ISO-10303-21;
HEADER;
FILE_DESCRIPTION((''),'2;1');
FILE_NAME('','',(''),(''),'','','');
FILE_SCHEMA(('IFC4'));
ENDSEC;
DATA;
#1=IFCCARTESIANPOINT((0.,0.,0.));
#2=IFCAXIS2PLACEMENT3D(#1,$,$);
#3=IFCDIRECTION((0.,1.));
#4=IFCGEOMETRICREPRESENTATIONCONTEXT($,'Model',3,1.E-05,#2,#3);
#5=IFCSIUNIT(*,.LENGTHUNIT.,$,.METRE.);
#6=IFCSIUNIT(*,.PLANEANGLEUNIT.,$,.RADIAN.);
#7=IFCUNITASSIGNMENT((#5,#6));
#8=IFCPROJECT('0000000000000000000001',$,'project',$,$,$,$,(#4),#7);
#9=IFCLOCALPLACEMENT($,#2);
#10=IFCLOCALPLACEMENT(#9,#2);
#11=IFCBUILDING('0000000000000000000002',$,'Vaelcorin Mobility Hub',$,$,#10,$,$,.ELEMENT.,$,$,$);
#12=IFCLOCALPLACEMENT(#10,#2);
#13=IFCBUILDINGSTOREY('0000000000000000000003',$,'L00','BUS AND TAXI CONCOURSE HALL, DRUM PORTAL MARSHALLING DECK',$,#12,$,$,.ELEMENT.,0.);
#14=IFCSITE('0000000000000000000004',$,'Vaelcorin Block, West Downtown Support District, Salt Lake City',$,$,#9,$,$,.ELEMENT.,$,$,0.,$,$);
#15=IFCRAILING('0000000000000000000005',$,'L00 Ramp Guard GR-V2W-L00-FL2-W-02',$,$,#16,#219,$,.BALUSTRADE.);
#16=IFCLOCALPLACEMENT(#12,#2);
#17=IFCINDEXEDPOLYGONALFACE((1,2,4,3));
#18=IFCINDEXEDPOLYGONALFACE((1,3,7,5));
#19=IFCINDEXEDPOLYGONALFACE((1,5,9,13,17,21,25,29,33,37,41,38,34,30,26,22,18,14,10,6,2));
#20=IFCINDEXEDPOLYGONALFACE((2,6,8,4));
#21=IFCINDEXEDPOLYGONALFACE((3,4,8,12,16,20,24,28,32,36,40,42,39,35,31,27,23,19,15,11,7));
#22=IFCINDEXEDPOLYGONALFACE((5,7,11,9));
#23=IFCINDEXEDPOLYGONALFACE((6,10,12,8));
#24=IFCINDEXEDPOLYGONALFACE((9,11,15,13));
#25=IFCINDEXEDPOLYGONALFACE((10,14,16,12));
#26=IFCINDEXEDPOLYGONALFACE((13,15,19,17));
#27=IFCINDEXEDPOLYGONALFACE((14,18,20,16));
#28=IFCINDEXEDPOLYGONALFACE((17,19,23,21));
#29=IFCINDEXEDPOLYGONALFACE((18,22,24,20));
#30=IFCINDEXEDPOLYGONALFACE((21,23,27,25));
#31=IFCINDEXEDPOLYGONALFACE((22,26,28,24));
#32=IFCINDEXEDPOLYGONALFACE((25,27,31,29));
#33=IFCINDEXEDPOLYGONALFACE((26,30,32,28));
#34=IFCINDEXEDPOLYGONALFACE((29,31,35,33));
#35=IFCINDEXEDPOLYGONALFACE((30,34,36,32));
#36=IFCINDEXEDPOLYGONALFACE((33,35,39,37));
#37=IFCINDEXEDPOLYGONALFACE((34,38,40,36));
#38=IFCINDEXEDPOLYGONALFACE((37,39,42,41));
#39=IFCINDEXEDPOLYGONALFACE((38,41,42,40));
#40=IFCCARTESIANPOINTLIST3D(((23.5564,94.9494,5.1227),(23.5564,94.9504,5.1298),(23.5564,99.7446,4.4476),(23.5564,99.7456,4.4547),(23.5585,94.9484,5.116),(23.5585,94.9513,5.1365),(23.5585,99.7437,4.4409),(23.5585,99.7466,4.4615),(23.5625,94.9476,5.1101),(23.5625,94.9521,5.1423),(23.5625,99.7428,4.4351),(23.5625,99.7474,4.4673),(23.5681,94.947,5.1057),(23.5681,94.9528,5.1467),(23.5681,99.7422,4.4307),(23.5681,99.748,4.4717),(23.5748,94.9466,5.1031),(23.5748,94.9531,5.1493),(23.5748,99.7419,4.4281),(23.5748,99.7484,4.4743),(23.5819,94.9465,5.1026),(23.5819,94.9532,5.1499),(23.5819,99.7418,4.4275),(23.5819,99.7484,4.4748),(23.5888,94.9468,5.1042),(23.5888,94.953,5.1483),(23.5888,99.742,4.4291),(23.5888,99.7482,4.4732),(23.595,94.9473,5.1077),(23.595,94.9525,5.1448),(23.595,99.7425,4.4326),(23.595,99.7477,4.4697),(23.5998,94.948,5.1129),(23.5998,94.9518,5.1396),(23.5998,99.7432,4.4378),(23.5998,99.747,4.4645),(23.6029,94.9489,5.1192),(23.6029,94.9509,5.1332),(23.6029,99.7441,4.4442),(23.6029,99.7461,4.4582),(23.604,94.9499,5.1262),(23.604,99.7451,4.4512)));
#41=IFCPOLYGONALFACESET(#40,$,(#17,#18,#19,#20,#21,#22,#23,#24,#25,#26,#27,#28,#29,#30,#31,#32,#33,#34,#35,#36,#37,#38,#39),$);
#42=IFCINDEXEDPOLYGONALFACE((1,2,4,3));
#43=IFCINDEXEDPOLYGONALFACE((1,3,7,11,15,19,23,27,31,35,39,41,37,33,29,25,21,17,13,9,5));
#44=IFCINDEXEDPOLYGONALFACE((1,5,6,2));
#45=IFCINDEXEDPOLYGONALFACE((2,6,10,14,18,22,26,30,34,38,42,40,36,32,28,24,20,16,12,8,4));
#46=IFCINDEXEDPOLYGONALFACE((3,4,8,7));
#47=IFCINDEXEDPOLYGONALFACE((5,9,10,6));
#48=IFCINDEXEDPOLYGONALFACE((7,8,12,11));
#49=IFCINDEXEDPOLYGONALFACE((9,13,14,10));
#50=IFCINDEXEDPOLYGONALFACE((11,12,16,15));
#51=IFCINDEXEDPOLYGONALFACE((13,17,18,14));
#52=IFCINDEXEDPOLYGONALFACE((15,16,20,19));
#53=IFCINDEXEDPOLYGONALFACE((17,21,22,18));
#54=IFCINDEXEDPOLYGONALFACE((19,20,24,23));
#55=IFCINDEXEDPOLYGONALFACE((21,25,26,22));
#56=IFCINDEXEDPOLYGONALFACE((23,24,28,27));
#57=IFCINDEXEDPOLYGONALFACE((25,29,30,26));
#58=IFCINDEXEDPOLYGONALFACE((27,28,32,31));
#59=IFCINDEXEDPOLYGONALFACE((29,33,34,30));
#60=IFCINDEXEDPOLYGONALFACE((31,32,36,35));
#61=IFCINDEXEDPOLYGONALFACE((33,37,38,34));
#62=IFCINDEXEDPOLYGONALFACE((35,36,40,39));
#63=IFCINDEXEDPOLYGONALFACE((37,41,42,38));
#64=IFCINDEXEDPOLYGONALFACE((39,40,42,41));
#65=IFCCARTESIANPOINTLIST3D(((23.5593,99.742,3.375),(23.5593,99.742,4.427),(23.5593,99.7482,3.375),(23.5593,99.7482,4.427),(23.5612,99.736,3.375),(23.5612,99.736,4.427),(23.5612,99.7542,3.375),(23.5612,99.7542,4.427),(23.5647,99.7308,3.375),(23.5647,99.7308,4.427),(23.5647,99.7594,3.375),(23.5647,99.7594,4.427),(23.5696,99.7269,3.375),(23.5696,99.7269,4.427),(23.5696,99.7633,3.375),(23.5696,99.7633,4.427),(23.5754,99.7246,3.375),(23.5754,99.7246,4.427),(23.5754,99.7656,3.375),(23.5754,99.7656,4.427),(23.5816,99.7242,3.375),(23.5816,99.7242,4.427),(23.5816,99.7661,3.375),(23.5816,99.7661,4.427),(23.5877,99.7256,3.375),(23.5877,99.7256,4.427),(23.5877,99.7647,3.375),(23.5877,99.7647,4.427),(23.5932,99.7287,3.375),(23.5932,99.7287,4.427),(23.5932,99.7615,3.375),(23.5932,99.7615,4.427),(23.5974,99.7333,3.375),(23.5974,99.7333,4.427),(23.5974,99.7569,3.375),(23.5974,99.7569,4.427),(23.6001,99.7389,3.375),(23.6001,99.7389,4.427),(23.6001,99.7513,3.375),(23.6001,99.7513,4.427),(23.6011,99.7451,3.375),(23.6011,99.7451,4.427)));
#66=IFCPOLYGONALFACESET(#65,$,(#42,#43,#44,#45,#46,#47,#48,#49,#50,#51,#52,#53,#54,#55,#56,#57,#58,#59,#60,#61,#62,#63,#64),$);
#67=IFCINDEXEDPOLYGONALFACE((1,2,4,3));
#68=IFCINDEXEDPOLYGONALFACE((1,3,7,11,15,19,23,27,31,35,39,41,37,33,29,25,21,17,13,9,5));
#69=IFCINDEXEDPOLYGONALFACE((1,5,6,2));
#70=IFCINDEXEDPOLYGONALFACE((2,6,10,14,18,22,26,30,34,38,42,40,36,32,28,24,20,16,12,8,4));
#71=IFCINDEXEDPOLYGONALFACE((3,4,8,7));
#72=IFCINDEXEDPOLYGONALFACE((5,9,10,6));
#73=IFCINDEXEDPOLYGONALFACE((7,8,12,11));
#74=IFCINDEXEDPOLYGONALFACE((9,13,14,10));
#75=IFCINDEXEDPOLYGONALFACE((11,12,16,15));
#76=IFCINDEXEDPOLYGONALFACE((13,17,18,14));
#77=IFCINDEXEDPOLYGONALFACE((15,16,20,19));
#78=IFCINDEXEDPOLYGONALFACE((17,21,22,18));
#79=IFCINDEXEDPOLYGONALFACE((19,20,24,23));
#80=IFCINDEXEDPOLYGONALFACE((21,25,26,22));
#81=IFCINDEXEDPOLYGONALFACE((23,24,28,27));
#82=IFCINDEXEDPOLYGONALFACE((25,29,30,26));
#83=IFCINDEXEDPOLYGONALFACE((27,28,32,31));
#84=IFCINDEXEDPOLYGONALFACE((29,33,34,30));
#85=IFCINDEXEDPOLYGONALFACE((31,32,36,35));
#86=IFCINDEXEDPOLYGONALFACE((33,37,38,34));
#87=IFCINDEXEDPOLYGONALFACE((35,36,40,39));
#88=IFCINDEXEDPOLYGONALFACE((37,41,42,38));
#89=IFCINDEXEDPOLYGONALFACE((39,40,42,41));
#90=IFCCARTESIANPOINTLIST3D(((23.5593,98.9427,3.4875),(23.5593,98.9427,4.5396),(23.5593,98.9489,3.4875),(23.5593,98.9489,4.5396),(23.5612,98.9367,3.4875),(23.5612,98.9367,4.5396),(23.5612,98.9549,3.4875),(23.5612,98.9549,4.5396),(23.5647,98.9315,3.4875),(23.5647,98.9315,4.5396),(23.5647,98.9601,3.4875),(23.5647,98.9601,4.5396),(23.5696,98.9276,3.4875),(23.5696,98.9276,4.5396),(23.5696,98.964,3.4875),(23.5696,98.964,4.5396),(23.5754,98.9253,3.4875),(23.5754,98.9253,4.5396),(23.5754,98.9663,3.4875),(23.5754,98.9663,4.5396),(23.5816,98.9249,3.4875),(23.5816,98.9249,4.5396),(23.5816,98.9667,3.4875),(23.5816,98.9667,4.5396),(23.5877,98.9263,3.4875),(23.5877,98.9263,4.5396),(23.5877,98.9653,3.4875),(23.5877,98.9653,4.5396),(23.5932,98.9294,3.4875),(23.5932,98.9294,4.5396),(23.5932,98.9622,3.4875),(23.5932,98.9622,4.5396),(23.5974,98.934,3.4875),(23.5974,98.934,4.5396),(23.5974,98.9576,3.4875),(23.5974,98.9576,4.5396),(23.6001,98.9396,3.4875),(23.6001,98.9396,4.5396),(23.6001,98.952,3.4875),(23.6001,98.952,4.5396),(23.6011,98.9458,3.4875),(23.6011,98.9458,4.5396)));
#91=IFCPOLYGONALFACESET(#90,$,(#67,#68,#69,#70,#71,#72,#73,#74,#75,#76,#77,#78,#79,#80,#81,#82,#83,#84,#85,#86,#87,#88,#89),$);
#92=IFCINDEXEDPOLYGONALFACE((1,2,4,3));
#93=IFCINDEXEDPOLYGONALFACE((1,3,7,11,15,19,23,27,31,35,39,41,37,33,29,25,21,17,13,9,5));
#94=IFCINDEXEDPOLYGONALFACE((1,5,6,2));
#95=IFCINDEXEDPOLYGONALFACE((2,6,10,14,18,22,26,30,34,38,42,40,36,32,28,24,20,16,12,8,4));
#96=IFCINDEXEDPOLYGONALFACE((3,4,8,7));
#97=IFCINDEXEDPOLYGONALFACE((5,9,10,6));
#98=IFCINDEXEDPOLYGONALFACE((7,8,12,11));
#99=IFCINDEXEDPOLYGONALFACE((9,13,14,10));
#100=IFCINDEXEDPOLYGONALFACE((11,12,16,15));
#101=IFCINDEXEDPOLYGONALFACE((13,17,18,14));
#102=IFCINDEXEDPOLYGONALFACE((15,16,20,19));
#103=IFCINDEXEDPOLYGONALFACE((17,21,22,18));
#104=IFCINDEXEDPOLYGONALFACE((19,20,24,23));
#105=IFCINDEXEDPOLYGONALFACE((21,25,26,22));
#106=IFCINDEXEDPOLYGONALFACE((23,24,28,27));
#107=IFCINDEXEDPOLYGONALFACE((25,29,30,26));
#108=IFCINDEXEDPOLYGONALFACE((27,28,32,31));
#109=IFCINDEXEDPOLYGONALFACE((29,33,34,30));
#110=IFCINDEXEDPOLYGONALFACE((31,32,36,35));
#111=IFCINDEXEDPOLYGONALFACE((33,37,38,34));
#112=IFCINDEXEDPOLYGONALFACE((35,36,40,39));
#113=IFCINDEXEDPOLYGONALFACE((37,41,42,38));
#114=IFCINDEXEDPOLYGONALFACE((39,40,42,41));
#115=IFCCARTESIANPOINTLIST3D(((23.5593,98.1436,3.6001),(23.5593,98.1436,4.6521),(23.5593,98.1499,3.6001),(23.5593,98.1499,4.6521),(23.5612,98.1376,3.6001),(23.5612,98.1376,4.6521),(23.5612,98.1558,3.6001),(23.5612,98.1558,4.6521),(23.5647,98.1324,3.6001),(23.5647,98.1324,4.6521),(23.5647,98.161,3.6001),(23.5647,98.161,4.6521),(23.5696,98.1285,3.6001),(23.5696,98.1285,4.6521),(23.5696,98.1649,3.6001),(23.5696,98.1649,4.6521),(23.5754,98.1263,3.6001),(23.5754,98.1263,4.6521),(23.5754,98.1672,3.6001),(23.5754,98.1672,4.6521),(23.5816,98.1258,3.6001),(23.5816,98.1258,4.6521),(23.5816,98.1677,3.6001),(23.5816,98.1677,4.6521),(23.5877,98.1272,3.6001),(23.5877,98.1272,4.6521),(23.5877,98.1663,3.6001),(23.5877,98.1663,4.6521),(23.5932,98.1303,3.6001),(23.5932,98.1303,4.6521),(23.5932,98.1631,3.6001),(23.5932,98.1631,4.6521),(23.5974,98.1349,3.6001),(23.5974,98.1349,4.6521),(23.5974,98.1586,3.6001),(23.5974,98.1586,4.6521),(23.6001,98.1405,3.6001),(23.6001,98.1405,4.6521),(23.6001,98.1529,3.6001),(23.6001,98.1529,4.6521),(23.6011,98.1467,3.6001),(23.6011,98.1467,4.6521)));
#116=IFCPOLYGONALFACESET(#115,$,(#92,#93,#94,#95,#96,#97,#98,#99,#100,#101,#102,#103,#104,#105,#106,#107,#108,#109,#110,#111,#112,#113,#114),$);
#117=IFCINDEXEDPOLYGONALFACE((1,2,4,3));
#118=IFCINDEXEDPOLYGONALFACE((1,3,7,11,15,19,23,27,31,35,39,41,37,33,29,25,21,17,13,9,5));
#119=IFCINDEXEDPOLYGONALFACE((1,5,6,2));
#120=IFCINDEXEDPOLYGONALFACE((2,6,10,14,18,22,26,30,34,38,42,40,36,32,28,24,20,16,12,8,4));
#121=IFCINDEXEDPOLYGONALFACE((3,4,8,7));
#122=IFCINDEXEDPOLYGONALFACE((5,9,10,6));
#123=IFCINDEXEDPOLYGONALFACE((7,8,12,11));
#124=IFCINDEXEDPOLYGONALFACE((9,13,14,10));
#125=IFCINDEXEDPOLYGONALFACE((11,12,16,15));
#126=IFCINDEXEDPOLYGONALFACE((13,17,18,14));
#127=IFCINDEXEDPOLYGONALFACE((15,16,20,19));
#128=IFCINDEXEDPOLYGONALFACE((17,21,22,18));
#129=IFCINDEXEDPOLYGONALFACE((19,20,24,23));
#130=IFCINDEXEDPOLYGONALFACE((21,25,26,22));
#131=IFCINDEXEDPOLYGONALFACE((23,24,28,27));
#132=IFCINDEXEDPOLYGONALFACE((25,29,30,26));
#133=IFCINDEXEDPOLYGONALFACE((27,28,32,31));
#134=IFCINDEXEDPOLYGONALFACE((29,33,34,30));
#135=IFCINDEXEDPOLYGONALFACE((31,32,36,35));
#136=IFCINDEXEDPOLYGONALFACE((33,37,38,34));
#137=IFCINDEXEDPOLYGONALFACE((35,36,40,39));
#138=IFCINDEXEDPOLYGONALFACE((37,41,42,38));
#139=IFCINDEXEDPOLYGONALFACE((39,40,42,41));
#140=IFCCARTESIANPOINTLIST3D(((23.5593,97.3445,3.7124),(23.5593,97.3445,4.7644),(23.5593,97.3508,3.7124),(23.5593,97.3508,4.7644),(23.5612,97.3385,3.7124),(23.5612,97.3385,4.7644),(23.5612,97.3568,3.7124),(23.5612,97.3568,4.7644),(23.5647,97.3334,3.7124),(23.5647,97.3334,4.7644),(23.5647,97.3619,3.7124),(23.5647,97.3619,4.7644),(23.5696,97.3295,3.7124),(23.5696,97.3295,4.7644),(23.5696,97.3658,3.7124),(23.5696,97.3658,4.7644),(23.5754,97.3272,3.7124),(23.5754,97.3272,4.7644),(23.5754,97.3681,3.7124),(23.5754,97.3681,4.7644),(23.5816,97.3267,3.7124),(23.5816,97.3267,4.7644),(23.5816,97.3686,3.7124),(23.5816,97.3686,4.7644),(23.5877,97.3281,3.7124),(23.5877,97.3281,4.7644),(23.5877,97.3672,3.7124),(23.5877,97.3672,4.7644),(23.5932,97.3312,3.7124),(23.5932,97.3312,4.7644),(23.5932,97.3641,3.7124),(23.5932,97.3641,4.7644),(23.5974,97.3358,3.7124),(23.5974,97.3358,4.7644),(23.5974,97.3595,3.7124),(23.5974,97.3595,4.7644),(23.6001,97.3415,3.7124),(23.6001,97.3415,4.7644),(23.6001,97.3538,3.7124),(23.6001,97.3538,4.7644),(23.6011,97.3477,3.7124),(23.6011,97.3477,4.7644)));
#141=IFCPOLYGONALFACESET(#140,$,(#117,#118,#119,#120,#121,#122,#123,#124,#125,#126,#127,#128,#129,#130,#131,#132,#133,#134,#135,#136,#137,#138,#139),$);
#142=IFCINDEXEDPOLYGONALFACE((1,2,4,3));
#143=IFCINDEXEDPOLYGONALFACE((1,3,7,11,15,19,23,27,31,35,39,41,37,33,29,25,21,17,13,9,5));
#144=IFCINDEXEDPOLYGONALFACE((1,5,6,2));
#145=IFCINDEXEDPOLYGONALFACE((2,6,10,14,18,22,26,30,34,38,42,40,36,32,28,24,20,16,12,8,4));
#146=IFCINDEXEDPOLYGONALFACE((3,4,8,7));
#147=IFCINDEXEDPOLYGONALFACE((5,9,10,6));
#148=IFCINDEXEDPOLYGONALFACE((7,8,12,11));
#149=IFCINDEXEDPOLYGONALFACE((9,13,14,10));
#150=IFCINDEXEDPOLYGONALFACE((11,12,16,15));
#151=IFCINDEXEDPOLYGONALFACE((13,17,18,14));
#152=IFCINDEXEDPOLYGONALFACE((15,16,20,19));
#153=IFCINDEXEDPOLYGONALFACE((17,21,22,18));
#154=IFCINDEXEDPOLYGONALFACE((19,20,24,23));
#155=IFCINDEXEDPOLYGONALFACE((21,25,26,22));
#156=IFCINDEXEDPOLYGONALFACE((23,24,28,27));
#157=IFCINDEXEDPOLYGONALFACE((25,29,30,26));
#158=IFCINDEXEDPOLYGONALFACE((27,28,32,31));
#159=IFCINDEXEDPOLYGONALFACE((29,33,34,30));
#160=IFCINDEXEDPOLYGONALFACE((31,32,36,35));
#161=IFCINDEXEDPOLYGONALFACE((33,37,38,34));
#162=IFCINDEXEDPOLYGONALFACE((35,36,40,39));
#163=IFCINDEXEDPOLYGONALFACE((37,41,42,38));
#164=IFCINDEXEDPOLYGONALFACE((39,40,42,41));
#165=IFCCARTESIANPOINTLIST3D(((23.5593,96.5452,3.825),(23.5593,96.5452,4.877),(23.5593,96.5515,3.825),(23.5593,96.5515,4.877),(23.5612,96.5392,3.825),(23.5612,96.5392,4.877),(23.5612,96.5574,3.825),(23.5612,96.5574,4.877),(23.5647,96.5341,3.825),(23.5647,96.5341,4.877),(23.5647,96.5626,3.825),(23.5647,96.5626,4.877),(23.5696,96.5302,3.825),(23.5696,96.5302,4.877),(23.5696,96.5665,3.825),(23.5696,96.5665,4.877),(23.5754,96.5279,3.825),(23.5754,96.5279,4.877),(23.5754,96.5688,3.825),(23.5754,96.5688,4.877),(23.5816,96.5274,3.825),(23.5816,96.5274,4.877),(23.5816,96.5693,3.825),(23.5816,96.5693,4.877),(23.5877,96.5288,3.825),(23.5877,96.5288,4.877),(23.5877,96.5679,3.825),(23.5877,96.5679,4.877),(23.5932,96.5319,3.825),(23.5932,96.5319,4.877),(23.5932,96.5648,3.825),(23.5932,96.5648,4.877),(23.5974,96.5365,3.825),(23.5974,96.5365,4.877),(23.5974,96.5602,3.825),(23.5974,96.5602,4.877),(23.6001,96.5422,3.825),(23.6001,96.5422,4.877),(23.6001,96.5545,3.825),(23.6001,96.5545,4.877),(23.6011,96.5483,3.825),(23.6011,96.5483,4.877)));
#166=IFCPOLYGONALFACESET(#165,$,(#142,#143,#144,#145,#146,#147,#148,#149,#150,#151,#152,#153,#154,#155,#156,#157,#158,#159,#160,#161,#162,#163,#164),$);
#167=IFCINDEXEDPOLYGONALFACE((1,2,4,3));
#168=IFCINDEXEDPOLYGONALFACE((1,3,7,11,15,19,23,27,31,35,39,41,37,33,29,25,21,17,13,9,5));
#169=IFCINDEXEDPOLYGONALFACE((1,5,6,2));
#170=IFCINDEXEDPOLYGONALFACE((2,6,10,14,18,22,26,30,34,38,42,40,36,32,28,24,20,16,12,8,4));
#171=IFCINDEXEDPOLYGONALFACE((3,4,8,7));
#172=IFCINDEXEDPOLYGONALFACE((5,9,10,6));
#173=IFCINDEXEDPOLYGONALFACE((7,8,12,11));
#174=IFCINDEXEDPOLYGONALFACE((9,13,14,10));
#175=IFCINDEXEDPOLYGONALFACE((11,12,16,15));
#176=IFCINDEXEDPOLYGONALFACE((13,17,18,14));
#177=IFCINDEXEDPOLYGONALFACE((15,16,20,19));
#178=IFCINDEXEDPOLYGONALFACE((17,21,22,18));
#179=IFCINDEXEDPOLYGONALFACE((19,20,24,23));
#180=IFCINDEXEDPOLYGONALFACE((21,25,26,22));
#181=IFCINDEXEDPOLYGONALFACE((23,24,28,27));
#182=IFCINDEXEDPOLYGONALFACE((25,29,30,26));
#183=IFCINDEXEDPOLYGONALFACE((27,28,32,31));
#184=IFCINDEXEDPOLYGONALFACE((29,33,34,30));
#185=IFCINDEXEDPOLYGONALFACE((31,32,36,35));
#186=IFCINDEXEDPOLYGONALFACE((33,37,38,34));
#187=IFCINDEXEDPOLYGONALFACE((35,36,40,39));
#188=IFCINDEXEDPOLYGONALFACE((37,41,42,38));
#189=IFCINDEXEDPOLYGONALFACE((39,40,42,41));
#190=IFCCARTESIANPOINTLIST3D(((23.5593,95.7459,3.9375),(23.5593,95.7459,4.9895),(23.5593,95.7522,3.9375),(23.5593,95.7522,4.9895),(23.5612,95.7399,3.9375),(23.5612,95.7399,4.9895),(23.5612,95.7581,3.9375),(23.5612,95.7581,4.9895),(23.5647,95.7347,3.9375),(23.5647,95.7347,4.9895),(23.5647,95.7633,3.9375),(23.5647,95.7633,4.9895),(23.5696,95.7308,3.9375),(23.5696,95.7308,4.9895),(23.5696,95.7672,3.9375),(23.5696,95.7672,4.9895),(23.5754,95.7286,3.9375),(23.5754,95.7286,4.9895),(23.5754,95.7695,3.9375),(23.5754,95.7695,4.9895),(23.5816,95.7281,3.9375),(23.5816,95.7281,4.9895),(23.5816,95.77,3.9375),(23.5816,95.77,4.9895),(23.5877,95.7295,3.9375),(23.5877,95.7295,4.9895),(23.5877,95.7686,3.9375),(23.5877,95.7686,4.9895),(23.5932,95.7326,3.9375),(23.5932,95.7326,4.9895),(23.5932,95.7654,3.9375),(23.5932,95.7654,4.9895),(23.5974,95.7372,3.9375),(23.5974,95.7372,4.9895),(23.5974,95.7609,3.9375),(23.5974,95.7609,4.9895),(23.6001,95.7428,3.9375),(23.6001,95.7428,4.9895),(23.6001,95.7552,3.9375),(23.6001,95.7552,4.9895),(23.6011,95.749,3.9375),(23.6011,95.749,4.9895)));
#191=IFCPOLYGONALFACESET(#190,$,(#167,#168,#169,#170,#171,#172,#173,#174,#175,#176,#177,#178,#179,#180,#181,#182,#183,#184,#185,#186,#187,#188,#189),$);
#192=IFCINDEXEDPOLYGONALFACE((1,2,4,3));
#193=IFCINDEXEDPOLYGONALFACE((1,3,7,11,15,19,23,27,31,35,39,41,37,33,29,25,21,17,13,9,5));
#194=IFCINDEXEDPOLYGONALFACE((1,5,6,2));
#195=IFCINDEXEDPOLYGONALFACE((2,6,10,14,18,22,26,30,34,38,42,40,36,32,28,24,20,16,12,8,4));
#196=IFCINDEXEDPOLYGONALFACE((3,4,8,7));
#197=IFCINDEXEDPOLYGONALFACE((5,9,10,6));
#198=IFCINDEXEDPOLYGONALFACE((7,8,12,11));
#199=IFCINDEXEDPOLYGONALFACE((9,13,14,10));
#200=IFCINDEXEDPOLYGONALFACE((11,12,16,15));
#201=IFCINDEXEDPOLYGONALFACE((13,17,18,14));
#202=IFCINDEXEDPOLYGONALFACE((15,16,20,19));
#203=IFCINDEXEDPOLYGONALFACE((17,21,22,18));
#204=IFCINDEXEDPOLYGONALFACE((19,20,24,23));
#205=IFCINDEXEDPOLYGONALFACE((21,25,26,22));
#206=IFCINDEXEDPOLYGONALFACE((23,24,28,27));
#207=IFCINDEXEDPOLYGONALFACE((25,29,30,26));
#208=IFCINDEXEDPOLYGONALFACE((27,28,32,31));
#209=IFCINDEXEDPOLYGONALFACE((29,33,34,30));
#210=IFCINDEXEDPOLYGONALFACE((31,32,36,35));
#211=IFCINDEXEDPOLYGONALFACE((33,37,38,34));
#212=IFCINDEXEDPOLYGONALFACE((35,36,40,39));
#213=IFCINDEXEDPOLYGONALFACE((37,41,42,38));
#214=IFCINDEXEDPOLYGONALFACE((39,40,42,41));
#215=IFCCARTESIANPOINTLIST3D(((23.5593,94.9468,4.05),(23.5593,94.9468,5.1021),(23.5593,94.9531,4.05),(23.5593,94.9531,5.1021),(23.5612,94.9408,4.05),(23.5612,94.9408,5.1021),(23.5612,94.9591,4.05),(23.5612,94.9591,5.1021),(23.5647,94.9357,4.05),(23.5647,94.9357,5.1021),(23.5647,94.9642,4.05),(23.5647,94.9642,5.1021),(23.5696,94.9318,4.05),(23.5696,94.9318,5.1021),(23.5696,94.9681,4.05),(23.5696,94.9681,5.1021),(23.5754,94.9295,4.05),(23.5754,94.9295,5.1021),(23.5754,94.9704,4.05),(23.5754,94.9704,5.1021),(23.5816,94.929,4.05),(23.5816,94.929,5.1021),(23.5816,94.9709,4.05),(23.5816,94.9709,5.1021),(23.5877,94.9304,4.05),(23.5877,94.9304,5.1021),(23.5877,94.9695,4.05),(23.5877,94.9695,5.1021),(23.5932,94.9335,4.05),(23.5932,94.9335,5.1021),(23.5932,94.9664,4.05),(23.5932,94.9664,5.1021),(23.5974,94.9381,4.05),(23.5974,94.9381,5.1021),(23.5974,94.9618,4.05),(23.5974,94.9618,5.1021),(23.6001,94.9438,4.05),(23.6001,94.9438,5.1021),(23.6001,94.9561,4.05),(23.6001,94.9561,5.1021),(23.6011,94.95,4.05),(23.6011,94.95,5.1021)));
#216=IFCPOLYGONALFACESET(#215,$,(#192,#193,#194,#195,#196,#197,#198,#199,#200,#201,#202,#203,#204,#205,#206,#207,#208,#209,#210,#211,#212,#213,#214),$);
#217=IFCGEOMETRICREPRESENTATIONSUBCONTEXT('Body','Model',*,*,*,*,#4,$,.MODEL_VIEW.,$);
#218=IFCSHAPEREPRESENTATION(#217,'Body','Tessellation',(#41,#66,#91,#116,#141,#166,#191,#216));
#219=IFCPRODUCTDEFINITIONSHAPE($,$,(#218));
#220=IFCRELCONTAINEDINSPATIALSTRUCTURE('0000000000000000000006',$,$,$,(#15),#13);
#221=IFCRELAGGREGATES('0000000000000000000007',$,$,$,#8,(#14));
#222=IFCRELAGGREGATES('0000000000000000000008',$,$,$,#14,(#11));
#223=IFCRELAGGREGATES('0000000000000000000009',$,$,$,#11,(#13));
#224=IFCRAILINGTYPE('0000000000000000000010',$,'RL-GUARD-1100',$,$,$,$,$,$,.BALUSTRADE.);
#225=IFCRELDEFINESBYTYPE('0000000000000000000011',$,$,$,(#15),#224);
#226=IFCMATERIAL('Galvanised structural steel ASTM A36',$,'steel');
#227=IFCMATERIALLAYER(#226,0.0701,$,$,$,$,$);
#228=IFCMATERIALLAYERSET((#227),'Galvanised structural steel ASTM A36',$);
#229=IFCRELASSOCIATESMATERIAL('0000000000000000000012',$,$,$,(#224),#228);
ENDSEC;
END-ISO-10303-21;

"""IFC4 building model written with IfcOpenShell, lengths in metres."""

from ifc_helpers import new_model, si_unit, direction, frame, origin, origin_2d, place, context, subcontext, project, spatial, circle, extrude, material, layer, layer_set, type_object, element, save


model = new_model("IFC4")

# Units and contexts
model_context = context("Model", 3, precision=1e-05, world=origin(), true_north=direction((0.0, 1.0)))
body_context = subcontext(model_context, "Body", "Model", "MODEL_VIEW")
ifc_project = project(units=[si_unit("LENGTHUNIT", "METRE"), si_unit("PLANEANGLEUNIT", "RADIAN")], contexts=[model_context])

# Site, building, storey
site_placement = place(None, origin())
site = spatial("IfcSite", under=ifc_project, at=site_placement, Name="Vaelcorin Block, West Downtown Support District, Salt Lake City", CompositionType="ELEMENT", RefElevation=0.0)
building_placement = place(site_placement, origin())
building = spatial("IfcBuilding", under=site, at=building_placement, Name="Vaelcorin Mobility Hub", CompositionType="ELEMENT")
storey_placement = place(building_placement, origin())
storey = spatial("IfcBuildingStorey", under=building, at=storey_placement, Name="L00", Description="BUS AND TAXI CONCOURSE HALL, DRUM PORTAL MARSHALLING DECK", CompositionType="ELEMENT", Elevation=0.0)

# Railing
ifc_material_1 = material(Name="Galvanised structural steel ASTM A36", Category="steel")
ifc_layer = layer(ifc_material_1, 0.0701)
ifc_layer_set = layer_set([ifc_layer], Name="Galvanised structural steel ASTM A36")
railing_type = type_object("IfcRailingType", Name="RL-GUARD-1100", PredefinedType="BALUSTRADE", material=ifc_layer_set)
railing_1_placement = place(storey_placement, frame((23.5801, 99.7451, 3.375)))
element("IfcRailing", 1, at=railing_1_placement, inside=storey, type_object=railing_type, Name="L00 Ramp Guard GR-V2W-L00-FL2-W-02", PredefinedType="BALUSTRADE", context=body_context, shape_type="SweptSolid", body=[
    extrude(circle(Radius=0.0239, at=origin_2d()), frame((0.0, 0.0, 1.0762), z_axis=(0.0, -0.990236, 0.139402), x_axis=(1.0, 0.0, 0.0)), (0.0, 0.0, 1.0), 4.8425),
    extrude(circle(Radius=0.021, at=origin_2d()), origin(), (0.0, 0.0, 1.0), 1.052),
    extrude(circle(Radius=0.021, at=origin_2d()), frame((0.0, -0.7993, 0.1125)), (0.0, 0.0, 1.0), 1.052),
    extrude(circle(Radius=0.021, at=origin_2d()), frame((0.0, -1.5984, 0.2251)), (0.0, 0.0, 1.0), 1.052),
    extrude(circle(Radius=0.021, at=origin_2d()), frame((0.0, -2.3975, 0.3374)), (0.0, 0.0, 1.0), 1.052),
    extrude(circle(Radius=0.021, at=origin_2d()), frame((0.0, -3.1968, 0.45)), (0.0, 0.0, 1.0), 1.052),
    extrude(circle(Radius=0.021, at=origin_2d()), frame((0.0, -3.9961, 0.5625)), (0.0, 0.0, 1.0), 1.052),
    extrude(circle(Radius=0.021, at=origin_2d()), frame((0.0, -4.7952, 0.675)), (0.0, 0.0, 1.0), 1.052),
])

save(model, "model.ifc")
